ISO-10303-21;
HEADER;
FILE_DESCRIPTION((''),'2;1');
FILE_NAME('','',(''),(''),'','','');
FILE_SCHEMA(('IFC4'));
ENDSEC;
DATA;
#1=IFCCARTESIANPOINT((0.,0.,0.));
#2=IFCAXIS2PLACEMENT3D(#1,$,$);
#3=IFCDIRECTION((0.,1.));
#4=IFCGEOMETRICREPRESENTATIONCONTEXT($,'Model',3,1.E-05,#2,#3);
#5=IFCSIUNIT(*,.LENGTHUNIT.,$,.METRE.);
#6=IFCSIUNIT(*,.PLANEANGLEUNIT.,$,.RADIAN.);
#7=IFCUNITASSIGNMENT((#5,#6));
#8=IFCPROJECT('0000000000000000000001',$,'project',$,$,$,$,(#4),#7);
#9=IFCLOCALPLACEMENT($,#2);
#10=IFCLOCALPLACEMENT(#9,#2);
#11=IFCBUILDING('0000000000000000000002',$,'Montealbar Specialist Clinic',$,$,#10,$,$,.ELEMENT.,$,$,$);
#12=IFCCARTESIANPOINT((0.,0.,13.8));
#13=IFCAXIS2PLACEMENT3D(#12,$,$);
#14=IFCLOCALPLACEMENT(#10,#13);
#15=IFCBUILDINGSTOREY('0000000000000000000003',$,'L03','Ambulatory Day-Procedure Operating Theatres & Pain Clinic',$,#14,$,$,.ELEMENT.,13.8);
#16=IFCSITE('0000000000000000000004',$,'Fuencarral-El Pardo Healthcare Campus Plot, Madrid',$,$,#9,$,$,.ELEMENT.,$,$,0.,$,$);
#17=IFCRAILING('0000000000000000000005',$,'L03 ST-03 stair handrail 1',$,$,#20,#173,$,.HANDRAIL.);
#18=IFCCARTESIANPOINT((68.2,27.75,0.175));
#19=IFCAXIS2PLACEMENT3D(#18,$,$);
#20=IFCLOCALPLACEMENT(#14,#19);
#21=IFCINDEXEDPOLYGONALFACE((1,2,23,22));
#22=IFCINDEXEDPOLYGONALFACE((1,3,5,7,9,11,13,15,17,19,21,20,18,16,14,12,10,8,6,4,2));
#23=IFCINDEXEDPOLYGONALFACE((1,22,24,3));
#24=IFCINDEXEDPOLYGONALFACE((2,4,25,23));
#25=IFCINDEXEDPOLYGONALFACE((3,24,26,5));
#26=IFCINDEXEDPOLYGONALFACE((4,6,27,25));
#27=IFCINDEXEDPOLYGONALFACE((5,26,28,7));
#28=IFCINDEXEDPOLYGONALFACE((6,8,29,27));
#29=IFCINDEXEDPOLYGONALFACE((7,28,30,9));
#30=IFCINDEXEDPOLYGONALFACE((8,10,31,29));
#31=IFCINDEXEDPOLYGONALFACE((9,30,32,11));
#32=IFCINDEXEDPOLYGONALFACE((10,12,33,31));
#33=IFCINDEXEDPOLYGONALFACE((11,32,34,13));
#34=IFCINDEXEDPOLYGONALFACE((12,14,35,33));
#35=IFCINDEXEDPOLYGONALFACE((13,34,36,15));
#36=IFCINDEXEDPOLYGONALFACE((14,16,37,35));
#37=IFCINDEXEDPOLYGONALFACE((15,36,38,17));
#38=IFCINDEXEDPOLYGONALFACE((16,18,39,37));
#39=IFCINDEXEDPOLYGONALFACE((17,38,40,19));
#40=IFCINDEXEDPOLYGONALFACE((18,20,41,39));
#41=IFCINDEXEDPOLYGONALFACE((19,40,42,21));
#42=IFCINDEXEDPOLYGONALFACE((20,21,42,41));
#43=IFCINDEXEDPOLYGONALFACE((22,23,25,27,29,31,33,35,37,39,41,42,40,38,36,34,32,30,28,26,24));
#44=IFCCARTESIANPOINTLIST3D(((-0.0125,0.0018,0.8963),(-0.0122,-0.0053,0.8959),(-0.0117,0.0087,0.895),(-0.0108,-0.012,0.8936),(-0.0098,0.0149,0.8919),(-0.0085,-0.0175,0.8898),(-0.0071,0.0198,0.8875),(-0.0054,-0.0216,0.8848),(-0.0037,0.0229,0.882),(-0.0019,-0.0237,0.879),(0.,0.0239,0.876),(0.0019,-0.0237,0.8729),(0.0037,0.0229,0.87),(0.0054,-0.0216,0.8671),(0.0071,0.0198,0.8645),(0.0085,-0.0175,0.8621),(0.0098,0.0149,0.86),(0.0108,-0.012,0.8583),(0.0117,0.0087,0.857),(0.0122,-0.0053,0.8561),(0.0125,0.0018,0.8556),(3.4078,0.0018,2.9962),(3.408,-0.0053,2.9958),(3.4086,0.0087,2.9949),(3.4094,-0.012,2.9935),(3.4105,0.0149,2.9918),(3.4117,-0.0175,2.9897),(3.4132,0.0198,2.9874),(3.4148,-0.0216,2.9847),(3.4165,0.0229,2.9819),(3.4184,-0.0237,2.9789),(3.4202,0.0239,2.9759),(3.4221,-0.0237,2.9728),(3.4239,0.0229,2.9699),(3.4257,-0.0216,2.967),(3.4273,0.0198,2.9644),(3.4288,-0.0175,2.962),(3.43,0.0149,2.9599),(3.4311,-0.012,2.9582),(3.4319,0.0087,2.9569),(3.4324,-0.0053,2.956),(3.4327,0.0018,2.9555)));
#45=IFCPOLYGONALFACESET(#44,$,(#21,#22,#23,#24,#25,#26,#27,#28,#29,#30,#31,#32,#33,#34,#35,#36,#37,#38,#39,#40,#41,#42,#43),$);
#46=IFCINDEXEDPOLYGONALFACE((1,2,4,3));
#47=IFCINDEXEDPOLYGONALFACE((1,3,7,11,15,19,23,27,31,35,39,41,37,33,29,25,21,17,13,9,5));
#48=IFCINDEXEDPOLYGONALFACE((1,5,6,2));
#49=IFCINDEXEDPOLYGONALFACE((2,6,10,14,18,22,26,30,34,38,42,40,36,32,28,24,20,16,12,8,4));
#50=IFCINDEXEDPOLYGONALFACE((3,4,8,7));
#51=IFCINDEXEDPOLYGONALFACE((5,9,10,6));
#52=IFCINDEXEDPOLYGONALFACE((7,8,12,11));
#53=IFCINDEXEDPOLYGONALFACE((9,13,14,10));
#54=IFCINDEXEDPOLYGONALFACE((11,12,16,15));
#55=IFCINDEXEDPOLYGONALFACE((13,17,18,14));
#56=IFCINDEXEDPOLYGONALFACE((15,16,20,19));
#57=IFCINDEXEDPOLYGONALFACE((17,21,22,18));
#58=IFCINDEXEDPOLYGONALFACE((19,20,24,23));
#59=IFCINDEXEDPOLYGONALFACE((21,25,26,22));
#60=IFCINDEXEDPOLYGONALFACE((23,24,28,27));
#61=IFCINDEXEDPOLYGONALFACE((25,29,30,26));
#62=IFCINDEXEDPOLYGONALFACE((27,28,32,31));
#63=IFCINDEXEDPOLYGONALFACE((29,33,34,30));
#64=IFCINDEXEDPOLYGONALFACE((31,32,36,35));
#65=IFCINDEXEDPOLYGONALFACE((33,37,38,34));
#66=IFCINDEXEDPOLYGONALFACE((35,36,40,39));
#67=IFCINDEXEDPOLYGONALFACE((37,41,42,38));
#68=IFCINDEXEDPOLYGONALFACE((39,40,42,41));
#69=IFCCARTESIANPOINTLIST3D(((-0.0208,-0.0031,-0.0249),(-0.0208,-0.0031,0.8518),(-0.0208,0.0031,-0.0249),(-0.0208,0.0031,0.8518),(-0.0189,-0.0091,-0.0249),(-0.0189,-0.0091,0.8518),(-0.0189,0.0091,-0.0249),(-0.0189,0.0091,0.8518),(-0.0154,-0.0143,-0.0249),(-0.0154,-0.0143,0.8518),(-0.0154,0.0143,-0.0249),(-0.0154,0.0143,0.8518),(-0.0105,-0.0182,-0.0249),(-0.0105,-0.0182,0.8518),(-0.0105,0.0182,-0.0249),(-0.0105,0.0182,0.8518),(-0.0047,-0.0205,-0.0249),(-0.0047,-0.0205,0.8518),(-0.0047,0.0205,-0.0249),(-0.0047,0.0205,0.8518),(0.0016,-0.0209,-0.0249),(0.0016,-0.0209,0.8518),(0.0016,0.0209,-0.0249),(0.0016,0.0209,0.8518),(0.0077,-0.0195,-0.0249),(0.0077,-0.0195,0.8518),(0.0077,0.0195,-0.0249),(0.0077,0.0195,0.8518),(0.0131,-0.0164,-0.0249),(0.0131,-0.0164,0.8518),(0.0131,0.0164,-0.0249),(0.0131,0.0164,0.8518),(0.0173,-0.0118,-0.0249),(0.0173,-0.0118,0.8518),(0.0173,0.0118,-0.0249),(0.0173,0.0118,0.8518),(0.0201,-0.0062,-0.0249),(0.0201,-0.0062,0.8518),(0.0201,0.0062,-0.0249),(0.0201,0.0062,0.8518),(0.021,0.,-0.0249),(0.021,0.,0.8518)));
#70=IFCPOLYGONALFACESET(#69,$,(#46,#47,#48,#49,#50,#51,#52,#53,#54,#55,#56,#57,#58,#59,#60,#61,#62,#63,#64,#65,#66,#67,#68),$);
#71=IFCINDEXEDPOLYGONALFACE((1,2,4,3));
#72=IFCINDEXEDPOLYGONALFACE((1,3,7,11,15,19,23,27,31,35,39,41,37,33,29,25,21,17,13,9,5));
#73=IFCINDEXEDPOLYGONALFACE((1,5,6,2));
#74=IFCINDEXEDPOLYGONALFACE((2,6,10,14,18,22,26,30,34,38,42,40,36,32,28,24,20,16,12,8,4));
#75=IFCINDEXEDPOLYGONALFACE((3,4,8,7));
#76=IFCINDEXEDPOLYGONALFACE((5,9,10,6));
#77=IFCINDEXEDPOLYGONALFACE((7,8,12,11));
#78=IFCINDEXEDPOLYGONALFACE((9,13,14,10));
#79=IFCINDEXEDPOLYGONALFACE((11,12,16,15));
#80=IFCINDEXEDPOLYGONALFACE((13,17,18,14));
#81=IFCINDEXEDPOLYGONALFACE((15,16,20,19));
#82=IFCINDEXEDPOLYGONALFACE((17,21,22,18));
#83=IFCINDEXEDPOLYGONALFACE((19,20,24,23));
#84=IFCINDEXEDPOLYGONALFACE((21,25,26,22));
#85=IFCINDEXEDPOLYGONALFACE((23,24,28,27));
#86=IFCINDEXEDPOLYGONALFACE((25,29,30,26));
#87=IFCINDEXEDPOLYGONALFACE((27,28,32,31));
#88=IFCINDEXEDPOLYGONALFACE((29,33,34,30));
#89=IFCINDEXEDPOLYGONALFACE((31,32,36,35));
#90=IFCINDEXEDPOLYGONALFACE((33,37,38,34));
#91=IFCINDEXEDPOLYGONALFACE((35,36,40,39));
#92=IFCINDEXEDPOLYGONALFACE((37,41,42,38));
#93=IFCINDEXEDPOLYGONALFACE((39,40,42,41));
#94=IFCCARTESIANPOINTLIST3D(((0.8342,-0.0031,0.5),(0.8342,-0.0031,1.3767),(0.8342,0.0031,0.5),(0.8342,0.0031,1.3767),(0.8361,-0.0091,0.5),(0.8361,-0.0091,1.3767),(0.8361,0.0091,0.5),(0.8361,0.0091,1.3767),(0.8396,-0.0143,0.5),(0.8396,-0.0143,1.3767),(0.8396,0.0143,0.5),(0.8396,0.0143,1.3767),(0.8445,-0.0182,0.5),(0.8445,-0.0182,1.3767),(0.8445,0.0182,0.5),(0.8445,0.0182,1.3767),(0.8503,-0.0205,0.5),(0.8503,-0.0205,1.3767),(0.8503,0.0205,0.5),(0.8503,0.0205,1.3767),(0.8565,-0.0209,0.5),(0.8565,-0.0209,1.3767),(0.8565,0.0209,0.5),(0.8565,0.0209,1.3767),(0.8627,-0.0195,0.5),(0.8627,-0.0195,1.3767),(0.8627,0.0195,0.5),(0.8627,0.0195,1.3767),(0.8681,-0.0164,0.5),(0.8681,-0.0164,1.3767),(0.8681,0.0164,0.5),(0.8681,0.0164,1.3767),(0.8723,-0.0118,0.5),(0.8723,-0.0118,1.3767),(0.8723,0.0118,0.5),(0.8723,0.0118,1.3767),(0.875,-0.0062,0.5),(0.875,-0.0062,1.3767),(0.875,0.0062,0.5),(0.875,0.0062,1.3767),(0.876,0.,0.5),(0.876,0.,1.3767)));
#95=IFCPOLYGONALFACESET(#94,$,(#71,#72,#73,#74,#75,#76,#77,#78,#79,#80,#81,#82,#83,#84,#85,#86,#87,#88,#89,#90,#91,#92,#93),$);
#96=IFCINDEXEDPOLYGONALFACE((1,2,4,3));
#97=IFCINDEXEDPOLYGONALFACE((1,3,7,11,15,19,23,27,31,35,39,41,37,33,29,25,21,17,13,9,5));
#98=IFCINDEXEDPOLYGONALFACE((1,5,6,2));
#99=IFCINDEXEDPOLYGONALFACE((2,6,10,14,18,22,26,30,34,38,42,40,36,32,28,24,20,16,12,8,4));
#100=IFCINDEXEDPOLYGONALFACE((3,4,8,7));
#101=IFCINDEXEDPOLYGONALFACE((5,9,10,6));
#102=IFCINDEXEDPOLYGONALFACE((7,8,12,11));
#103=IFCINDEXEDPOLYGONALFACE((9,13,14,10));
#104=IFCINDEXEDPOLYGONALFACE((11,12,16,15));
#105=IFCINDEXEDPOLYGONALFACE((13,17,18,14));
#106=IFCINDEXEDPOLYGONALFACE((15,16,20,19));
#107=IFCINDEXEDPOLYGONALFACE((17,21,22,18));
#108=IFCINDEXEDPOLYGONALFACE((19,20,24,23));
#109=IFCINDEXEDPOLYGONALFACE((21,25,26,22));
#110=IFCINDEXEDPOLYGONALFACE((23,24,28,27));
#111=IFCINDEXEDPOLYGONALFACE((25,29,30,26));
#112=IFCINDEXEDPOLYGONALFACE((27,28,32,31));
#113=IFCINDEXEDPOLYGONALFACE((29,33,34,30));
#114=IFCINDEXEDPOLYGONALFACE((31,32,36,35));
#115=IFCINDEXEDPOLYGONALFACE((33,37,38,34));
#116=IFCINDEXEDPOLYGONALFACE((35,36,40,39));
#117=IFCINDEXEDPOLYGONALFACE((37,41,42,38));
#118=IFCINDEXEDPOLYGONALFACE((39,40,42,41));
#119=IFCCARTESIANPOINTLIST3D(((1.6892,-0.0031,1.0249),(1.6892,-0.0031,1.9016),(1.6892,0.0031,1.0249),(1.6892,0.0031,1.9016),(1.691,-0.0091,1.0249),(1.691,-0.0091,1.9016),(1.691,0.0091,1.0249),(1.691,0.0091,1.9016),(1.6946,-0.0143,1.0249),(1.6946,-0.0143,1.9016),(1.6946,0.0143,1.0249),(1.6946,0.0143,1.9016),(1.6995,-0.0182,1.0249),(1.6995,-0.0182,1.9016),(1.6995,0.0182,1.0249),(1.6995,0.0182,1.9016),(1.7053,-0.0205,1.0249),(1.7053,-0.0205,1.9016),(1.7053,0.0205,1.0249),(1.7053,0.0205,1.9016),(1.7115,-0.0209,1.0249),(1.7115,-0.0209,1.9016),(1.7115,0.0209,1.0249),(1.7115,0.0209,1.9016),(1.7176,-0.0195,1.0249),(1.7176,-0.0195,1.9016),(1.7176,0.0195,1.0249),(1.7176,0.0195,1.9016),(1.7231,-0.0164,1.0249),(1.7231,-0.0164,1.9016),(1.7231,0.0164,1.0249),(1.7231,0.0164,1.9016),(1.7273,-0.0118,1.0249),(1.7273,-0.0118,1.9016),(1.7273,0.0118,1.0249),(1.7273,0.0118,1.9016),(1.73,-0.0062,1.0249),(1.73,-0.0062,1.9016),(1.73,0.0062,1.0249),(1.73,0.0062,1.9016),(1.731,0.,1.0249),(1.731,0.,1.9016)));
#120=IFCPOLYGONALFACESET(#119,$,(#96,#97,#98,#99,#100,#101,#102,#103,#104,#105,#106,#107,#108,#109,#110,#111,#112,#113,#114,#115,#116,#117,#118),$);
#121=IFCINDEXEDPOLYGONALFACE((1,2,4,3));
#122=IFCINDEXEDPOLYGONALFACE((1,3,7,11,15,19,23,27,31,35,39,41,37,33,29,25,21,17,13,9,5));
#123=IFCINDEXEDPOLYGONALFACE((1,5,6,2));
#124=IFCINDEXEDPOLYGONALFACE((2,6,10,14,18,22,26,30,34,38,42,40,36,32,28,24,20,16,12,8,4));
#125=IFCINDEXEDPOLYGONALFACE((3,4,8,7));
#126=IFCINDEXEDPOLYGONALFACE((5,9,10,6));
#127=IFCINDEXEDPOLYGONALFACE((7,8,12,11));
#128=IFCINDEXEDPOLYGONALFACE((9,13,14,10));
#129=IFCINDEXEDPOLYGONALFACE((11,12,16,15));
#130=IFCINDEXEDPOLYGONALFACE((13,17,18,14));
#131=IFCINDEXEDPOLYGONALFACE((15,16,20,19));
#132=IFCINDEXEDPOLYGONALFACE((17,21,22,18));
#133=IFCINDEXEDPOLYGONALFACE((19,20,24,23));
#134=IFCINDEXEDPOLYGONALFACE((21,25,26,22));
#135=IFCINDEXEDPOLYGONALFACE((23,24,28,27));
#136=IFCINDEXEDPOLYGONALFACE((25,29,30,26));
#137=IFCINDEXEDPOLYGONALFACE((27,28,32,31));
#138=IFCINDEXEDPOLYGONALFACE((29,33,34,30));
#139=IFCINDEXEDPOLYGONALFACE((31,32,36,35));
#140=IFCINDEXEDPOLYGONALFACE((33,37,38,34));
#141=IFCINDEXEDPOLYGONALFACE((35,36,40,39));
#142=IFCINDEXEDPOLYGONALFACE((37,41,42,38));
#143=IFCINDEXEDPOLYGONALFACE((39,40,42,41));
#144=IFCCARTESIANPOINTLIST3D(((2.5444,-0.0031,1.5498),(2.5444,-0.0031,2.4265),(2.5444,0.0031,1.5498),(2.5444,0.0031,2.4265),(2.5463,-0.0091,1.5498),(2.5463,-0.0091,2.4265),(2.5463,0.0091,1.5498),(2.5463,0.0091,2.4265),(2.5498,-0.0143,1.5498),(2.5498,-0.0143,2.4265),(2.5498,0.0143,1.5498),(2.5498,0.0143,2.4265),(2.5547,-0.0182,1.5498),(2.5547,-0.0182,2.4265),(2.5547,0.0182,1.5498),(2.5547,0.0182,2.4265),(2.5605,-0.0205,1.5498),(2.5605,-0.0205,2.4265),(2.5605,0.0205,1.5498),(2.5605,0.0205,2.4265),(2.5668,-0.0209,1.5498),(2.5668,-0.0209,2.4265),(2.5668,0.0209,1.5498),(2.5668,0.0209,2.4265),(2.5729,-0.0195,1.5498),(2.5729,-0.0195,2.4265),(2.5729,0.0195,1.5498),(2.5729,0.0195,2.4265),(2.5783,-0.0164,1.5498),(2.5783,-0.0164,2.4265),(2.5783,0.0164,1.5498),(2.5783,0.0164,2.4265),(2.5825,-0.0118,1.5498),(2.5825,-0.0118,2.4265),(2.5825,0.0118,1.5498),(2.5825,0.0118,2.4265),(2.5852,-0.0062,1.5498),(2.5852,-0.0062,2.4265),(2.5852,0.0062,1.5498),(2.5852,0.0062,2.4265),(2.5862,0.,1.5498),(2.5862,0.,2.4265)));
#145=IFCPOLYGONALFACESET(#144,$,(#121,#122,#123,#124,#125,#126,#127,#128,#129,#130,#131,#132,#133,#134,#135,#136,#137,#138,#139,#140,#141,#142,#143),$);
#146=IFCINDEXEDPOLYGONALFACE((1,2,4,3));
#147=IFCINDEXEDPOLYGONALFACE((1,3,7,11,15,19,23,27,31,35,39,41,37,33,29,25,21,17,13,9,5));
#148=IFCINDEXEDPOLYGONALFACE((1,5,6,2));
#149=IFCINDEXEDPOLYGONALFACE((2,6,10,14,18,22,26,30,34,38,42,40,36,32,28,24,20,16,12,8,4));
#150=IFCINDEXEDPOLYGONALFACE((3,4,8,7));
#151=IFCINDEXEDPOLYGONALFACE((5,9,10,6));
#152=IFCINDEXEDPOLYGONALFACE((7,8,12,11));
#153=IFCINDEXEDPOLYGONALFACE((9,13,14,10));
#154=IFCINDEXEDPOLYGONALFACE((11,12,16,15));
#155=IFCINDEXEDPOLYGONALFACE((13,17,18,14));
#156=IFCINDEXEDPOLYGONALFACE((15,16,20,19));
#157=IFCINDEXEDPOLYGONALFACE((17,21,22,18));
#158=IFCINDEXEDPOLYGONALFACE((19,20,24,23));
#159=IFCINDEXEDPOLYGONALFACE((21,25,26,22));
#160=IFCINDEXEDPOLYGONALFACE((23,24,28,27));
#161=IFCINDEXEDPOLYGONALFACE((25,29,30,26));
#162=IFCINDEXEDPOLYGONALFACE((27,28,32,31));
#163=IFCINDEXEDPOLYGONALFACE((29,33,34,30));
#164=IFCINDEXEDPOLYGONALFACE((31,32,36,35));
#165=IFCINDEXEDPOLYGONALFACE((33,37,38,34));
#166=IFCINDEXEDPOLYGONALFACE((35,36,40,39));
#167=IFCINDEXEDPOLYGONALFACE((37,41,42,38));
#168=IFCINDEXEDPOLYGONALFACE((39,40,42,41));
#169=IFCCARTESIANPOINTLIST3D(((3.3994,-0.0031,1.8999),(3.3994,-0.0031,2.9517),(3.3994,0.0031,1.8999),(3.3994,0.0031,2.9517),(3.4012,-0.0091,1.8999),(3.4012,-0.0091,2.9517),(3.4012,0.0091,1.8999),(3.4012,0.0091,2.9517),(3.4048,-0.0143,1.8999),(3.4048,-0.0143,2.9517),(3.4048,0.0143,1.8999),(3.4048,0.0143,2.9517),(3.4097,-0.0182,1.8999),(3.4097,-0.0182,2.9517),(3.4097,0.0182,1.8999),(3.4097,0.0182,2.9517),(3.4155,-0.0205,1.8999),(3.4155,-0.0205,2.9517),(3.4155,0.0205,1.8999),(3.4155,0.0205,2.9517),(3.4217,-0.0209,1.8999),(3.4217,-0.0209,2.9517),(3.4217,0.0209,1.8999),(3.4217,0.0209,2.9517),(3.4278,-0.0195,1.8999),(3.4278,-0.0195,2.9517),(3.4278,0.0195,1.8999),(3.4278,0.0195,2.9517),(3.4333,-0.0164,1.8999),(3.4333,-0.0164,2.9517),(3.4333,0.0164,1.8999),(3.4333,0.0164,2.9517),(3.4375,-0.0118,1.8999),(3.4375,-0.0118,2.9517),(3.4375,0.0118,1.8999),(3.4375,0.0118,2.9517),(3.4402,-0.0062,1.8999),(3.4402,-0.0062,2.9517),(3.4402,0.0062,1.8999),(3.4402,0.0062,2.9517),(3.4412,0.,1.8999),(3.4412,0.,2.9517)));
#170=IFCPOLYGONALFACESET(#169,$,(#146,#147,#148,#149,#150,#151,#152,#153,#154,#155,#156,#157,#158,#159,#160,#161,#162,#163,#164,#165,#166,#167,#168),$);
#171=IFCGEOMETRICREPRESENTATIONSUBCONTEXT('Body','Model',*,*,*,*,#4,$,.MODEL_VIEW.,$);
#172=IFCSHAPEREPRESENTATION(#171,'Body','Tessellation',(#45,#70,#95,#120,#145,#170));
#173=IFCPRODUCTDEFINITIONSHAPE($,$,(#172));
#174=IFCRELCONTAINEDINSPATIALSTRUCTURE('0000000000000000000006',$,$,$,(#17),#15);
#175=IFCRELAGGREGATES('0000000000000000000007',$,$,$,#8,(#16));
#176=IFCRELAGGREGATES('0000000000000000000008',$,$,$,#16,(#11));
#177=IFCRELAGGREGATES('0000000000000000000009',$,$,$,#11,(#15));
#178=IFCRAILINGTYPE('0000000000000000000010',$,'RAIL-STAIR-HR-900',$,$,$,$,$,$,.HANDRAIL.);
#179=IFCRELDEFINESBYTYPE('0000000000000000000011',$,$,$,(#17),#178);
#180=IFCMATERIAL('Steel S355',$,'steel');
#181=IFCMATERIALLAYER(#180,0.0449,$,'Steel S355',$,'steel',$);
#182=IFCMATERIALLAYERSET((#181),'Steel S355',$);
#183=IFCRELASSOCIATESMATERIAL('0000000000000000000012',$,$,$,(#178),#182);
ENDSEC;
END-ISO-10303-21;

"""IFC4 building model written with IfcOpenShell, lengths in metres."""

from ifc_helpers import new_model, si_unit, direction, frame, origin, origin_2d, place, context, subcontext, project, spatial, circle, extrude, material, layer, layer_set, type_object, element, save


model = new_model("IFC4")

# Units and contexts
model_context = context("Model", 3, precision=1e-05, world=origin(), true_north=direction((0.0, 1.0)))
body_context = subcontext(model_context, "Body", "Model", "MODEL_VIEW")
ifc_project = project(units=[si_unit("LENGTHUNIT", "METRE"), si_unit("PLANEANGLEUNIT", "RADIAN")], contexts=[model_context])

# Site, building, storey
site_placement = place(None, origin())
site = spatial("IfcSite", under=ifc_project, at=site_placement, Name="Fuencarral-El Pardo Healthcare Campus Plot, Madrid", CompositionType="ELEMENT", RefElevation=0.0)
building_placement = place(site_placement, origin())
building = spatial("IfcBuilding", under=site, at=building_placement, Name="Montealbar Specialist Clinic", CompositionType="ELEMENT")
storey_placement = place(building_placement, frame((0.0, 0.0, 13.8)))
storey = spatial("IfcBuildingStorey", under=building, at=storey_placement, Name="L03", Description="Ambulatory Day-Procedure Operating Theatres & Pain Clinic", CompositionType="ELEMENT", Elevation=13.8)

# Shared definitions
ifc_material_1 = material(Name="Steel S355", Category="steel")

# Railing
ifc_layer_1 = layer(ifc_material_1, 0.0449, Name="Steel S355", Category="steel")
ifc_layer_set_1 = layer_set([ifc_layer_1], Name="Steel S355")
railing_type_1 = type_object("IfcRailingType", Name="RAIL-STAIR-HR-900", PredefinedType="HANDRAIL", material=ifc_layer_set_1)
railing_1_placement = place(storey_placement, frame((68.2, 27.75, 0.175)))
element("IfcRailing", 1, at=railing_1_placement, inside=storey, type_object=railing_type_1, Name="L03 ST-03 stair handrail 1", PredefinedType="HANDRAIL", context=body_context, shape_type="SweptSolid", body=[
    extrude(circle(Radius=0.0239, at=origin_2d()), frame((0.0, 0.0, 0.876), z_axis=(0.852199, 0.0, 0.523218), x_axis=(0.0, 1.0, 0.0)), (0.0, 0.0, 1.0), 4.0134),
    extrude(circle(Radius=0.021, at=origin_2d()), frame((0.0, 0.0, -0.0249)), (0.0, 0.0, 1.0), 0.8767),
    extrude(circle(Radius=0.021, at=origin_2d()), frame((0.855, 0.0, 0.5)), (0.0, 0.0, 1.0), 0.8767),
    extrude(circle(Radius=0.021, at=origin_2d()), frame((1.71, 0.0, 1.0249)), (0.0, 0.0, 1.0), 0.8767),
    extrude(circle(Radius=0.021, at=origin_2d()), frame((2.5652, 0.0, 1.5498)), (0.0, 0.0, 1.0), 0.8767),
    extrude(circle(Radius=0.021, at=origin_2d()), frame((3.4202, 0.0, 1.8999)), (0.0, 0.0, 1.0), 1.0518),
])

save(model, "model.ifc")
